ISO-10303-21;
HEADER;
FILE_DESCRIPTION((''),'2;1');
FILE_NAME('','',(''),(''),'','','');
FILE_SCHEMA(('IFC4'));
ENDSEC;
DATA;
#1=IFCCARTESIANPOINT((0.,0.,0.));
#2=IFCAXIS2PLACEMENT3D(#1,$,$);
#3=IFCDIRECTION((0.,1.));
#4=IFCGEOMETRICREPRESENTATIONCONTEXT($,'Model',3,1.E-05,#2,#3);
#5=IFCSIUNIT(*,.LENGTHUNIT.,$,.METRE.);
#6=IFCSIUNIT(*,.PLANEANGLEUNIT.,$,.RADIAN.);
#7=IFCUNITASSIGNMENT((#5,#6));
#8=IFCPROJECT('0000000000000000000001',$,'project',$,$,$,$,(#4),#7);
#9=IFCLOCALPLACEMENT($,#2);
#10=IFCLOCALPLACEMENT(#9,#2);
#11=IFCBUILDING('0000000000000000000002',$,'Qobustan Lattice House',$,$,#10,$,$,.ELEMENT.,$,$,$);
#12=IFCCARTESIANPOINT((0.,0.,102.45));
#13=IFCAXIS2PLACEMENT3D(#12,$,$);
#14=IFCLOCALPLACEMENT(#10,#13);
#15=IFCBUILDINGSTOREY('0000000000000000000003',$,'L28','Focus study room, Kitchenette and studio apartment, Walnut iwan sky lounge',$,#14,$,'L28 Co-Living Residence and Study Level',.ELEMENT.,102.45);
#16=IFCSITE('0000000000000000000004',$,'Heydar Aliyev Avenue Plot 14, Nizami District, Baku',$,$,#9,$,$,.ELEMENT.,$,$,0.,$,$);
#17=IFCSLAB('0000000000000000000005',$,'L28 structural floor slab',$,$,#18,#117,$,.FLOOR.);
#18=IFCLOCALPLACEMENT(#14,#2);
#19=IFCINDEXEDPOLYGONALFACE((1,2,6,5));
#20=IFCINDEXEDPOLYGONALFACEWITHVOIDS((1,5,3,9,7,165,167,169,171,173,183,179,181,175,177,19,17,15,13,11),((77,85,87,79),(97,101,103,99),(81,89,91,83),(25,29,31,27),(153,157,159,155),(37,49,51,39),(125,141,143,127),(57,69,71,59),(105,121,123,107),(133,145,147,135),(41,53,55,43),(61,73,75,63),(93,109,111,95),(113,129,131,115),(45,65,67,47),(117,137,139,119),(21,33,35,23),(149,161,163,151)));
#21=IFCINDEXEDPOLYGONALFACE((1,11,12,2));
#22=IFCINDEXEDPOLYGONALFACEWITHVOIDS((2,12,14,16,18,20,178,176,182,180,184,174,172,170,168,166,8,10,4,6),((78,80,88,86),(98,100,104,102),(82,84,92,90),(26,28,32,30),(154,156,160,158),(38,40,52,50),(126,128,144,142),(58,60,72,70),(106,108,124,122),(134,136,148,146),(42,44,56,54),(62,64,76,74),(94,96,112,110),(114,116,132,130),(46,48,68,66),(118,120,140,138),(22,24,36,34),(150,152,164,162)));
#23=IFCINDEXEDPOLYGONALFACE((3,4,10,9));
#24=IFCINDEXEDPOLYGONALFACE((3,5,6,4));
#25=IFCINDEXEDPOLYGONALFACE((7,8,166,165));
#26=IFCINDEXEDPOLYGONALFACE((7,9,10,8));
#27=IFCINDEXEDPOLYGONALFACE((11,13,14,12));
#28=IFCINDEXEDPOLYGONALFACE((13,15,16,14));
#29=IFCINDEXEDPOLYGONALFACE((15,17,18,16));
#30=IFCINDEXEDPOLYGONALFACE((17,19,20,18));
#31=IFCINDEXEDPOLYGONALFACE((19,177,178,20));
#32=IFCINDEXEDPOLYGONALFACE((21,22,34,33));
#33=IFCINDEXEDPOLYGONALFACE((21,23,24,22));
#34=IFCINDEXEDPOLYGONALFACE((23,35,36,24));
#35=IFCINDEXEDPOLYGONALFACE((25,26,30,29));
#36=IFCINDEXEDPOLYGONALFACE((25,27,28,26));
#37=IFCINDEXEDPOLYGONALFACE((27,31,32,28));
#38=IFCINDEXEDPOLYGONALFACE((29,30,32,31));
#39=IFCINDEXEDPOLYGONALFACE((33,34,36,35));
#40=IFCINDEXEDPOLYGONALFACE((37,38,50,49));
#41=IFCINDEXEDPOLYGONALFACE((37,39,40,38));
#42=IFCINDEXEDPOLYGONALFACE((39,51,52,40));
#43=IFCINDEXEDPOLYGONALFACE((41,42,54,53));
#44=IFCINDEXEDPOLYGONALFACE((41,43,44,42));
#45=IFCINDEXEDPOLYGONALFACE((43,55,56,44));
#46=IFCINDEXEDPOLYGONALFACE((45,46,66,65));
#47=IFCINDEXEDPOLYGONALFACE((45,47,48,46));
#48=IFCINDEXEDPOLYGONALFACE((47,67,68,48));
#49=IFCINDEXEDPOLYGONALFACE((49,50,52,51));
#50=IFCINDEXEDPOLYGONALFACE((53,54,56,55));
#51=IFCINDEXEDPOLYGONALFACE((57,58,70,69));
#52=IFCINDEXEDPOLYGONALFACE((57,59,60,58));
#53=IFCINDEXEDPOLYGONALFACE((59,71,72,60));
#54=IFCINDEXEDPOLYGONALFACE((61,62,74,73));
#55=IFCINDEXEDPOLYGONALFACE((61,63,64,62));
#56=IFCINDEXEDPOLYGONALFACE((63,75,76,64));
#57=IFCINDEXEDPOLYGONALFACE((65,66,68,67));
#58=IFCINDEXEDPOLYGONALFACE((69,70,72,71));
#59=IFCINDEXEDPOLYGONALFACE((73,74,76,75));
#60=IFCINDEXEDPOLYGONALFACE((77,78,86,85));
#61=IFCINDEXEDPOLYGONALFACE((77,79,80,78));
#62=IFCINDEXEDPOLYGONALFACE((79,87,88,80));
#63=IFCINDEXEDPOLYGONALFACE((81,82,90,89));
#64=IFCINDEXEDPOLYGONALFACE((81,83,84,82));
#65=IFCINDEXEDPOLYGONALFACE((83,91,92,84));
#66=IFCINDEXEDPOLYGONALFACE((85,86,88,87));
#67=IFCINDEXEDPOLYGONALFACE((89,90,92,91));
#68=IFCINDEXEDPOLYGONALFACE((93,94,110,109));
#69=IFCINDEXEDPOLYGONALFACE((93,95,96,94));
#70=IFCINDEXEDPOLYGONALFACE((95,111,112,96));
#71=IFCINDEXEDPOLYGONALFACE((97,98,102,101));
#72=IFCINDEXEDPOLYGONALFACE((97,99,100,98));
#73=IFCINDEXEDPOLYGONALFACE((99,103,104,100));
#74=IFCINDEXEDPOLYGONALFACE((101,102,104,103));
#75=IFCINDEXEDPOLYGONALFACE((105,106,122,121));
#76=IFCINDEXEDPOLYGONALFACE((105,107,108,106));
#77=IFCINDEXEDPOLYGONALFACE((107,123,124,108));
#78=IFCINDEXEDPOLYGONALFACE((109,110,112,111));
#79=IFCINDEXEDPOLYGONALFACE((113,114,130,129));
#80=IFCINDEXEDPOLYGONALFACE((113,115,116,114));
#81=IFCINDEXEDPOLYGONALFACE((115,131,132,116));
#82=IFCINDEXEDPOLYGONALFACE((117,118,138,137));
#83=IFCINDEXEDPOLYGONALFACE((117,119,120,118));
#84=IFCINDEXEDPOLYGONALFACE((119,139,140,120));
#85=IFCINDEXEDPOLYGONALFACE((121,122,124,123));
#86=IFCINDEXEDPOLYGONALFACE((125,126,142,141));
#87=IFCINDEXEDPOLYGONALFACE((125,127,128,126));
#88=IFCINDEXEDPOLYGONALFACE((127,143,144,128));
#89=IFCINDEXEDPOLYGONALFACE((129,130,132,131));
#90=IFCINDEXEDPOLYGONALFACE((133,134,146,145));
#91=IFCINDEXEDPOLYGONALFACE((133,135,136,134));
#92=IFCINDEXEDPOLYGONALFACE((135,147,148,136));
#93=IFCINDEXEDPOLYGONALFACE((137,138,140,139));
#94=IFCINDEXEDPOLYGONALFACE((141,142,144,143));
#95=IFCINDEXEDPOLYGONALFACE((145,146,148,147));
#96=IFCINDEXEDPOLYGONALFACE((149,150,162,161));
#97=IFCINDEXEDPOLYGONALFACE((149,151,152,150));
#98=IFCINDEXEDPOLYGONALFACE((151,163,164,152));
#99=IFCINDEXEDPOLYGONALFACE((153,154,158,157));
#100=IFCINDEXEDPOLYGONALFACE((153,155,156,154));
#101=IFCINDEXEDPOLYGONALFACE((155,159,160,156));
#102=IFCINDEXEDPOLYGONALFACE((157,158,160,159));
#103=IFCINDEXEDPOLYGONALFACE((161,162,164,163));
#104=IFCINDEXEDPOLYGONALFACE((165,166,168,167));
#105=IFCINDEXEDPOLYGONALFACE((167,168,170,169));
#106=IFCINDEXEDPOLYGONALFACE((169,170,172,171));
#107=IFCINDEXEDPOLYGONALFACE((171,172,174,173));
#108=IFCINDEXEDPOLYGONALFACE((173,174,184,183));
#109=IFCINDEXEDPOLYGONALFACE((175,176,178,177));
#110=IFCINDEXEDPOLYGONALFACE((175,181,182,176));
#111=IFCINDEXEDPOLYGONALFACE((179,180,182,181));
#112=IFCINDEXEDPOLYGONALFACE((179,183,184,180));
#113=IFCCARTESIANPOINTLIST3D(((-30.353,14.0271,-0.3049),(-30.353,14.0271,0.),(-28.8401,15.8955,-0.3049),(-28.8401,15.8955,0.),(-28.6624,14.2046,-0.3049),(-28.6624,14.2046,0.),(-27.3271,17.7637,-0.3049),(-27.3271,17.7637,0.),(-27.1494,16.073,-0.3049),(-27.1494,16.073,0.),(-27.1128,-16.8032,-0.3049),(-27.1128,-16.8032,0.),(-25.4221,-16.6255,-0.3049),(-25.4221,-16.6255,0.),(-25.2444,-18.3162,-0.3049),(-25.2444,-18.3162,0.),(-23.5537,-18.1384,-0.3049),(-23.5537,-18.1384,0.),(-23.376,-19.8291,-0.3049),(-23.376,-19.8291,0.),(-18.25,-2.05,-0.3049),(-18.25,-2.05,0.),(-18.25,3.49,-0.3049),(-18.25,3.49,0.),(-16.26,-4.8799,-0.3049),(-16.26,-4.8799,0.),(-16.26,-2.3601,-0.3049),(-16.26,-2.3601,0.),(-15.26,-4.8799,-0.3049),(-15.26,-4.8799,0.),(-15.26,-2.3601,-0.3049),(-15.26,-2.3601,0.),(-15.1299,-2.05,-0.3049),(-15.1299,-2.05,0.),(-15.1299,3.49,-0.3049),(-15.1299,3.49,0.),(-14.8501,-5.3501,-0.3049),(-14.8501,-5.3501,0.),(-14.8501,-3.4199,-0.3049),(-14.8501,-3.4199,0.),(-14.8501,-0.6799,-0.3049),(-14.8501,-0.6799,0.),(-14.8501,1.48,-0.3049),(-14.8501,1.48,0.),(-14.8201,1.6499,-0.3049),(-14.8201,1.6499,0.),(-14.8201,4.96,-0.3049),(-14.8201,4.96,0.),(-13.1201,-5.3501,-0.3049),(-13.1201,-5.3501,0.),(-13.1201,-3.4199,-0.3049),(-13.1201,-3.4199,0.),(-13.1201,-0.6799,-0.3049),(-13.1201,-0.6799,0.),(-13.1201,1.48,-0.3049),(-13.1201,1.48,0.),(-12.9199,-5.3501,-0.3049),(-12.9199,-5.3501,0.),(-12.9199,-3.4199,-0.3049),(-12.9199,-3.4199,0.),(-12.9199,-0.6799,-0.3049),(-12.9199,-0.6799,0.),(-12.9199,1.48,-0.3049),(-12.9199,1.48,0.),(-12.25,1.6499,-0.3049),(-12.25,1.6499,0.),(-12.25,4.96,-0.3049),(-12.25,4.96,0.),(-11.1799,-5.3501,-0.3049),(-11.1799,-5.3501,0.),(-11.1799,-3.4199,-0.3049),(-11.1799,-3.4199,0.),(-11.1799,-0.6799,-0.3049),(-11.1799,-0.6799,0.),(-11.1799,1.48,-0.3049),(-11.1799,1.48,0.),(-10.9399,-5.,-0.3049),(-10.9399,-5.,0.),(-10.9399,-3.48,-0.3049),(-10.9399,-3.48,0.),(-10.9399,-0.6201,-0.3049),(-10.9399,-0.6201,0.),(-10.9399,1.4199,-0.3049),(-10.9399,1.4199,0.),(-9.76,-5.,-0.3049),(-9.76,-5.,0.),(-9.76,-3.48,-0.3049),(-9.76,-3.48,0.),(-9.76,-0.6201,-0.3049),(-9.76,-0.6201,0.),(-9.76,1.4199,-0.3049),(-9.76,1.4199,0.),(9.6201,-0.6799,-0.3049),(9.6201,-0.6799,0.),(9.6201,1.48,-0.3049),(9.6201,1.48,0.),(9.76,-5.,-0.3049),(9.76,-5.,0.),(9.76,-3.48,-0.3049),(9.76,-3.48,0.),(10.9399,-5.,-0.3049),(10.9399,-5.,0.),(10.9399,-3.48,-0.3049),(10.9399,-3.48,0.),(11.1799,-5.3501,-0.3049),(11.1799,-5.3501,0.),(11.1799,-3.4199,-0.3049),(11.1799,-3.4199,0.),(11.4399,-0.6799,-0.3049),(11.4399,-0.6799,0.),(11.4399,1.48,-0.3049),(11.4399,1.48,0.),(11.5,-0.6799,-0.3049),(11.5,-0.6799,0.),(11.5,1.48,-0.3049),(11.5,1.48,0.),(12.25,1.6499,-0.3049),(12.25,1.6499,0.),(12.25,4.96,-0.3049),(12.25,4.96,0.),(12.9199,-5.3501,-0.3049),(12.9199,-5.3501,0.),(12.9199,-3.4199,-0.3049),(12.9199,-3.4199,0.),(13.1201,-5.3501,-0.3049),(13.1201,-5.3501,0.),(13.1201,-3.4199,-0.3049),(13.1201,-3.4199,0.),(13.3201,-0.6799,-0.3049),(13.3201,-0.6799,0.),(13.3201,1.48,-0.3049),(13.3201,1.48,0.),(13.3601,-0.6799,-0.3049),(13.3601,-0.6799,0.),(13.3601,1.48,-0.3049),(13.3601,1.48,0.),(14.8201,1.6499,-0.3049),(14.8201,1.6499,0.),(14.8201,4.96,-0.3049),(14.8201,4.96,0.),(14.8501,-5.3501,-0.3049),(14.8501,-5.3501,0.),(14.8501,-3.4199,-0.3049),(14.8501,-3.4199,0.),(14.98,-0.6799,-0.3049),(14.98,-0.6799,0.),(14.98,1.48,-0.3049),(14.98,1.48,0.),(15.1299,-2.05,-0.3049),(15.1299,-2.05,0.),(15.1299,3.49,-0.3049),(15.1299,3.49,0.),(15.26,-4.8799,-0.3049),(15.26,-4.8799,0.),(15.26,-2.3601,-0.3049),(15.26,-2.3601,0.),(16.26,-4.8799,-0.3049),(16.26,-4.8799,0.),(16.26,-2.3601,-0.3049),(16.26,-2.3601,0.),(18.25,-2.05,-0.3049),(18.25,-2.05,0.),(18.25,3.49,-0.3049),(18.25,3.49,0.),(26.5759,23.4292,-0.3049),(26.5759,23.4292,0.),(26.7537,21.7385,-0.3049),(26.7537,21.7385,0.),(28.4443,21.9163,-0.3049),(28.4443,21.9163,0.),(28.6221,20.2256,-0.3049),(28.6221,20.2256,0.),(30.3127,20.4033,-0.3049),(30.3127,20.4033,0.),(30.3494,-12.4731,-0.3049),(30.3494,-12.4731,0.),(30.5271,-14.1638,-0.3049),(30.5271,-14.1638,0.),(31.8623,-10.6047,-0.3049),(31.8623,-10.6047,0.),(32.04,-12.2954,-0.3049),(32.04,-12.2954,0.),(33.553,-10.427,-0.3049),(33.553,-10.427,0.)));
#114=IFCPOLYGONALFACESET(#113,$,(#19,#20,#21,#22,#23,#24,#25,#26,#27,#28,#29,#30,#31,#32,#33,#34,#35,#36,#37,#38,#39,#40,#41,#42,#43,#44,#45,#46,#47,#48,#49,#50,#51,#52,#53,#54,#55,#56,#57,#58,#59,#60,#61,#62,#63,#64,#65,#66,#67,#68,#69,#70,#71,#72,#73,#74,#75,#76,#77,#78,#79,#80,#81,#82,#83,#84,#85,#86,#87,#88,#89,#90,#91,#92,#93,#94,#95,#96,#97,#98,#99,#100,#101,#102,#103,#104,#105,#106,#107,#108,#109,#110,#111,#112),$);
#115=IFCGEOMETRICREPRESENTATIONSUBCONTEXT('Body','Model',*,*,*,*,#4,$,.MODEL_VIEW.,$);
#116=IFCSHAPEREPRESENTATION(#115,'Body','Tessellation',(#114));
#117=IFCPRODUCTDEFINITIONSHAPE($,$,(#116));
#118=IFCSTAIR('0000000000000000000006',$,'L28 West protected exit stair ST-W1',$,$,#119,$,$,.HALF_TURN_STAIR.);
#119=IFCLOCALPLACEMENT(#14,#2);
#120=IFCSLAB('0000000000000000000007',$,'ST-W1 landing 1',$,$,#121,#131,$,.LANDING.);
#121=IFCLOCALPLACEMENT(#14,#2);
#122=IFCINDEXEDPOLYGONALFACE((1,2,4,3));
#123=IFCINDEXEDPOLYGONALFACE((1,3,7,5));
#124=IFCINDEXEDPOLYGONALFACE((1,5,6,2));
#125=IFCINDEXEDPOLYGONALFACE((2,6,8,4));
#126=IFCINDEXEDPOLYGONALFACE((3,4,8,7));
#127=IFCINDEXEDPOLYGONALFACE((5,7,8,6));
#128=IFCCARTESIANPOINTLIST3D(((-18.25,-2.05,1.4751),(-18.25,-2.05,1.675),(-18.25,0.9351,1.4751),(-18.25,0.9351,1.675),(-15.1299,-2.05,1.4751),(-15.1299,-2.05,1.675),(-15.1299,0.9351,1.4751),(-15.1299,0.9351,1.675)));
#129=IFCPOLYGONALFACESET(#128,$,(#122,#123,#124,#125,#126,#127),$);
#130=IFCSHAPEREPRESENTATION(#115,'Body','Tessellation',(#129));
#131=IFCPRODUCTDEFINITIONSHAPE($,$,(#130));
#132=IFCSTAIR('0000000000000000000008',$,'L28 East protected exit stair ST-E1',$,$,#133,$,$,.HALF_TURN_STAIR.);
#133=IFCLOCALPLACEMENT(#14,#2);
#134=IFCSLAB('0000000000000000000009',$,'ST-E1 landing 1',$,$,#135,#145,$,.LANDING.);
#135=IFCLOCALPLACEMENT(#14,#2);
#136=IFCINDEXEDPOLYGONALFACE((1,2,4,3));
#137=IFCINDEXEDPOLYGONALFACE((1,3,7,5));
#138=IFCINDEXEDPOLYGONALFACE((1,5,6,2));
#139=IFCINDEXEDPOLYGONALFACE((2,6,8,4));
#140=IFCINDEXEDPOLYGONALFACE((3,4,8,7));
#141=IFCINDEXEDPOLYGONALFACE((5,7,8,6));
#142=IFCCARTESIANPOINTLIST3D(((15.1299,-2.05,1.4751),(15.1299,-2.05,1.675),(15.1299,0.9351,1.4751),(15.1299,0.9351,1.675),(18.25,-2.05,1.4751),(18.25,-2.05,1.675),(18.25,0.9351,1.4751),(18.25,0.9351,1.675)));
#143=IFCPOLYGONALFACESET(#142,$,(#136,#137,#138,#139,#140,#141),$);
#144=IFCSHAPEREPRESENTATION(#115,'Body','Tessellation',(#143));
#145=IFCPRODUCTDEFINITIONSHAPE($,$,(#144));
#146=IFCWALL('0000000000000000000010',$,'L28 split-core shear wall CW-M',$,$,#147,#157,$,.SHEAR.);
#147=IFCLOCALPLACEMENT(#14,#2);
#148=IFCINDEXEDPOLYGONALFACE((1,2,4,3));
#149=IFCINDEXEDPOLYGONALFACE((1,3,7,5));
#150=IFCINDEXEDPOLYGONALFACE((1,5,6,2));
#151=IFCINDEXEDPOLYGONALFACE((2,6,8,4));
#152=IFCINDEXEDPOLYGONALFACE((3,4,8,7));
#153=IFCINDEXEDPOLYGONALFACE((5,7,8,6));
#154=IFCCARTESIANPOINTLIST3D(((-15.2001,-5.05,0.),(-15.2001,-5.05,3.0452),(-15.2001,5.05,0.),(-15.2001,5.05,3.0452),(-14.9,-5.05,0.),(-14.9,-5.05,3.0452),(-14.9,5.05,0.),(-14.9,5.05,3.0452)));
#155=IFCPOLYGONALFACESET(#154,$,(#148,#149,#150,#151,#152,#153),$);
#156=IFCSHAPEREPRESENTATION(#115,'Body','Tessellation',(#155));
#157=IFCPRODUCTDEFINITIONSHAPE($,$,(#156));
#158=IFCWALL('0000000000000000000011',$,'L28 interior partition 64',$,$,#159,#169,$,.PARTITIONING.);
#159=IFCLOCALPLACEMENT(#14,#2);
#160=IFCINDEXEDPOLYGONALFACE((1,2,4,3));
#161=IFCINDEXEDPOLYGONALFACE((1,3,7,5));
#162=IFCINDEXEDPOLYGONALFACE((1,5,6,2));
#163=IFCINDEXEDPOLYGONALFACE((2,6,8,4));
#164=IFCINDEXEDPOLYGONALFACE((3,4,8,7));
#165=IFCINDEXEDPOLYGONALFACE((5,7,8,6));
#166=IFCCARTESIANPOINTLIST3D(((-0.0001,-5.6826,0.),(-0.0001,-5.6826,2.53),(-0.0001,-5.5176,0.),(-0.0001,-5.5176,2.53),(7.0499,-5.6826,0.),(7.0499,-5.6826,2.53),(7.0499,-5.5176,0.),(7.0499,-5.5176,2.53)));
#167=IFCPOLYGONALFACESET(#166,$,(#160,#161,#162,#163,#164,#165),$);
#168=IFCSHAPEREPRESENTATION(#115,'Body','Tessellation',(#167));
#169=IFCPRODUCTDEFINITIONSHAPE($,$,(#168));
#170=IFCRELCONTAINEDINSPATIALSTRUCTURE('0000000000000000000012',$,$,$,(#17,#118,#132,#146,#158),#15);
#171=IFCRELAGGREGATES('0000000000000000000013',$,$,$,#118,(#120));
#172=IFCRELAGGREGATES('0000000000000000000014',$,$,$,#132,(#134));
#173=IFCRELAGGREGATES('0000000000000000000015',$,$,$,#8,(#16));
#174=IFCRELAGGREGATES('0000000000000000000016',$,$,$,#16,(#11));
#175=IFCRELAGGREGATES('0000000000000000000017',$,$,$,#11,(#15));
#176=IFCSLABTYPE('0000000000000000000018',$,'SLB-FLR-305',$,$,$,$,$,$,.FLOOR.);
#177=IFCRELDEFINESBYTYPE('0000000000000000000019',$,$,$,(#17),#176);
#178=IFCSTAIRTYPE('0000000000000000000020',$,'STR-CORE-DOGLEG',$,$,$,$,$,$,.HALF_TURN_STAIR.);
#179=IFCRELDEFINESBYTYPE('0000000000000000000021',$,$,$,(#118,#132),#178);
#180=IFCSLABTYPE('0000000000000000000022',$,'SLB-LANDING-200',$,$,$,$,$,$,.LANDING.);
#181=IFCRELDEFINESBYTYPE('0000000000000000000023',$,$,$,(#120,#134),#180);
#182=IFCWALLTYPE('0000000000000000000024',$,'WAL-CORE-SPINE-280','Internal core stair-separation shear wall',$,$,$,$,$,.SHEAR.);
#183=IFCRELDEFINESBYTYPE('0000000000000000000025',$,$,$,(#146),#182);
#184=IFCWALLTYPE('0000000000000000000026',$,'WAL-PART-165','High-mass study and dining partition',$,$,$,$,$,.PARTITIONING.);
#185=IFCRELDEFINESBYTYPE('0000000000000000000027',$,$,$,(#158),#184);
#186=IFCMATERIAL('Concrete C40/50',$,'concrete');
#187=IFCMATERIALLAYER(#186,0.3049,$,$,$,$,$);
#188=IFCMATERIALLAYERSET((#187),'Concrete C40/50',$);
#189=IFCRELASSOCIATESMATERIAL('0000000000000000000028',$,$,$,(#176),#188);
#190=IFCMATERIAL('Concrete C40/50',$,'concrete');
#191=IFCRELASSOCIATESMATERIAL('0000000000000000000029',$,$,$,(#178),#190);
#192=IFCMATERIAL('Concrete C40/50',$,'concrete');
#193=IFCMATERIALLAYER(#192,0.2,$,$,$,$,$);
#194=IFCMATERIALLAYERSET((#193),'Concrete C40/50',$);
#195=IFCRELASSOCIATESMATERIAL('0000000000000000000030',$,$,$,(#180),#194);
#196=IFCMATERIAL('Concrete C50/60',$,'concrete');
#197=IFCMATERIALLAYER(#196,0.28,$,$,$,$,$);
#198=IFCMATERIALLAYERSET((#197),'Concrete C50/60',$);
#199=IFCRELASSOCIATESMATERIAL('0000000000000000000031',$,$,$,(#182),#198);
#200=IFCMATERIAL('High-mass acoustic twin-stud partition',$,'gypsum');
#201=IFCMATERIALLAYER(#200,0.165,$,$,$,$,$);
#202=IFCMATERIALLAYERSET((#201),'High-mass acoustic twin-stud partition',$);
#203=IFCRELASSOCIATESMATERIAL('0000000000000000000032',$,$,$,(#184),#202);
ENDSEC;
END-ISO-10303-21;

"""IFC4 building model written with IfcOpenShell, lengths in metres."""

from ifc_helpers import new_model, si_unit, direction, frame, frame_2d, origin, place, context, subcontext, project, spatial, polyline, rectangle, outline, extrude, material, layer, layer_set, type_object, element, aggregate, save


model = new_model("IFC4")

# Units and contexts
model_context = context("Model", 3, precision=1e-05, world=origin(), true_north=direction((0.0, 1.0)))
body_context = subcontext(model_context, "Body", "Model", "MODEL_VIEW")
ifc_project = project(units=[si_unit("LENGTHUNIT", "METRE"), si_unit("PLANEANGLEUNIT", "RADIAN")], contexts=[model_context])

# Site, building, storey
site_placement = place(None, origin())
site = spatial("IfcSite", under=ifc_project, at=site_placement, Name="Heydar Aliyev Avenue Plot 14, Nizami District, Baku", CompositionType="ELEMENT", RefElevation=0.0)
building_placement = place(site_placement, origin())
building = spatial("IfcBuilding", under=site, at=building_placement, Name="Qobustan Lattice House", CompositionType="ELEMENT")
storey_placement = place(building_placement, frame((0.0, 0.0, 102.45)))
storey = spatial("IfcBuildingStorey", under=building, at=storey_placement, Name="L28", Description="Focus study room, Kitchenette and studio apartment, Walnut iwan sky lounge", LongName="L28 Co-Living Residence and Study Level", CompositionType="ELEMENT", Elevation=102.45)

# Slab
ifc_material_1 = material(Name="Concrete C40/50", Category="concrete")
ifc_layer_1 = layer(ifc_material_1, 0.3049)
ifc_layer_set_1 = layer_set([ifc_layer_1], Name="Concrete C40/50")
slab_type_1 = type_object("IfcSlabType", Name="SLB-FLR-305", PredefinedType="FLOOR", material=ifc_layer_set_1)
slab_1_placement = place(storey_placement, frame((0.0, 0.0, -0.3049)))
element("IfcSlab", 1, at=slab_1_placement, inside=storey, type_object=slab_type_1, Name="L28 structural floor slab", PredefinedType="FLOOR", context=body_context, shape_type="SweptSolid", body=[
    extrude(outline(polyline([(-23.376, -19.8291), (30.5271, -14.1638), (30.3494, -12.4731), (32.04, -12.2954), (31.8623, -10.6047), (33.553, -10.427), (30.3127, 20.4033), (28.6221, 20.2256), (28.4443, 21.9163), (26.7537, 21.7385), (26.5759, 23.4292), (-27.3271, 17.7637), (-27.1494, 16.073), (-28.8401, 15.8955), (-28.6624, 14.2046), (-30.353, 14.0271), (-27.1128, -16.8032), (-25.4221, -16.6255), (-25.2444, -18.3162), (-23.5537, -18.1384), (-23.376, -19.8291)]), holes=[polyline([(-18.25, -2.05), (-18.25, 3.49), (-15.1299, 3.49), (-15.1299, -2.05), (-18.25, -2.05)]), polyline([(15.1299, -2.05), (15.1299, 3.49), (18.25, 3.49), (18.25, -2.05), (15.1299, -2.05)]), polyline([(-14.8201, 1.6499), (-14.8201, 4.96), (-12.25, 4.96), (-12.25, 1.6499), (-14.8201, 1.6499)]), polyline([(12.25, 1.6499), (12.25, 4.96), (14.8201, 4.96), (14.8201, 1.6499), (12.25, 1.6499)]), polyline([(-16.26, -4.8799), (-16.26, -2.3601), (-15.26, -2.3601), (-15.26, -4.8799), (-16.26, -4.8799)]), polyline([(15.26, -4.8799), (15.26, -2.3601), (16.26, -2.3601), (16.26, -4.8799), (15.26, -4.8799)]), polyline([(-14.8501, -5.3501), (-14.8501, -3.4199), (-13.1201, -3.4199), (-13.1201, -5.3501), (-14.8501, -5.3501)]), polyline([(-12.9199, -5.3501), (-12.9199, -3.4199), (-11.1799, -3.4199), (-11.1799, -5.3501), (-12.9199, -5.3501)]), polyline([(-14.8501, -0.6799), (-14.8501, 1.48), (-13.1201, 1.48), (-13.1201, -0.6799), (-14.8501, -0.6799)]), polyline([(-12.9199, -0.6799), (-12.9199, 1.48), (-11.1799, 1.48), (-11.1799, -0.6799), (-12.9199, -0.6799)]), polyline([(-10.9399, -5.0), (-10.9399, -3.48), (-9.76, -3.48), (-9.76, -5.0), (-10.9399, -5.0)]), polyline([(-10.9399, -0.6201), (-10.9399, 1.4199), (-9.76, 1.4199), (-9.76, -0.6201), (-10.9399, -0.6201)]), polyline([(11.1799, -5.3501), (11.1799, -3.4199), (12.9199, -3.4199), (12.9199, -5.3501), (11.1799, -5.3501)]), polyline([(13.1201, -5.3501), (13.1201, -3.4199), (14.8501, -3.4199), (14.8501, -5.3501), (13.1201, -5.3501)]), polyline([(9.76, -5.0), (9.76, -3.48), (10.9399, -3.48), (10.9399, -5.0), (9.76, -5.0)]), polyline([(13.3601, -0.6799), (13.3601, 1.48), (14.98, 1.48), (14.98, -0.6799), (13.3601, -0.6799)]), polyline([(9.6201, -0.6799), (9.6201, 1.48), (11.4399, 1.48), (11.4399, -0.6799), (9.6201, -0.6799)]), polyline([(11.5, -0.6799), (11.5, 1.48), (13.3201, 1.48), (13.3201, -0.6799), (11.5, -0.6799)])]), origin(), (0.0, 0.0, 1.0), 0.3049),
])

# Stairs, slabs
ifc_material_2 = material(Name="Concrete C40/50", Category="concrete")
stair_type = type_object("IfcStairType", Name="STR-CORE-DOGLEG", PredefinedType="HALF_TURN_STAIR", material=ifc_material_2)
stair_1_placement = place(storey_placement, origin())
stair_1 = element("IfcStair", 2, at=stair_1_placement, inside=storey, type_object=stair_type, Name="L28 West protected exit stair ST-W1", PredefinedType="HALF_TURN_STAIR")
ifc_material_3 = material(Name="Concrete C40/50", Category="concrete")
ifc_layer_2 = layer(ifc_material_3, 0.2)
ifc_layer_set_2 = layer_set([ifc_layer_2], Name="Concrete C40/50")
slab_type_2 = type_object("IfcSlabType", Name="SLB-LANDING-200", PredefinedType="LANDING", material=ifc_layer_set_2)
slab_2_placement = place(storey_placement, frame((0.0, 0.0, 1.4751)))
slab_2 = element("IfcSlab", 3, at=slab_2_placement, type_object=slab_type_2, Name="ST-W1 landing 1", PredefinedType="LANDING", context=body_context, shape_type="SweptSolid", body=[
    extrude(outline(polyline([(-18.25, 0.9351), (-18.25, -2.05), (-15.1299, -2.05), (-15.1299, 0.9351), (-18.25, 0.9351)])), origin(), (0.0, 0.0, 1.0), 0.2),
])
aggregate(stair_1, [slab_2])
stair_2_placement = place(storey_placement, origin())
stair_2 = element("IfcStair", 4, at=stair_2_placement, inside=storey, type_object=stair_type, Name="L28 East protected exit stair ST-E1", PredefinedType="HALF_TURN_STAIR")
slab_3_placement = place(storey_placement, frame((0.0, 0.0, 1.4751)))
slab_3 = element("IfcSlab", 5, at=slab_3_placement, type_object=slab_type_2, Name="ST-E1 landing 1", PredefinedType="LANDING", context=body_context, shape_type="SweptSolid", body=[
    extrude(outline(polyline([(15.1299, 0.9351), (15.1299, -2.05), (18.25, -2.05), (18.25, 0.9351), (15.1299, 0.9351)])), origin(), (0.0, 0.0, 1.0), 0.2),
])
aggregate(stair_2, [slab_3])

# Wall
ifc_material_4 = material(Name="Concrete C50/60", Category="concrete")
ifc_layer_3 = layer(ifc_material_4, 0.28)
ifc_layer_set_3 = layer_set([ifc_layer_3], Name="Concrete C50/60")
wall_type_1 = type_object("IfcWallType", Name="WAL-CORE-SPINE-280", Description="Internal core stair-separation shear wall", PredefinedType="SHEAR", material=ifc_layer_set_3)
wall_1_placement = place(storey_placement, frame((-15.05, -5.05, 0.0), z_axis=(0.0, 0.0, 1.0), x_axis=(0.0, 1.0, 0.0)))
element("IfcWall", 6, at=wall_1_placement, inside=storey, type_object=wall_type_1, Name="L28 split-core shear wall CW-M", PredefinedType="SHEAR", context=body_context, shape_type="SweptSolid", body=[
    extrude(rectangle(XDim=10.1001, YDim=0.3, at=frame_2d((5.05, 0.0))), origin(), (0.0, 0.0, 1.0), 3.0452),
])

# Shared definitions
ifc_material_5 = material(Name="High-mass acoustic twin-stud partition", Category="gypsum")
ifc_layer_4 = layer(ifc_material_5, 0.165)
ifc_layer_set_4 = layer_set([ifc_layer_4], Name="High-mass acoustic twin-stud partition")
wall_type_2 = type_object("IfcWallType", Name="WAL-PART-165", Description="High-mass study and dining partition", PredefinedType="PARTITIONING", material=ifc_layer_set_4)

# Wall
wall_2_placement = place(storey_placement, frame((0.0, -5.6001, 0.0), z_axis=(0.0, 0.0, 1.0), x_axis=(1.0, 0.0, 0.0)))
element("IfcWall", 7, at=wall_2_placement, inside=storey, type_object=wall_type_2, Name="L28 interior partition 64", PredefinedType="PARTITIONING", context=body_context, shape_type="SweptSolid", body=[
    extrude(rectangle(XDim=7.05, YDim=0.165, at=frame_2d((3.5249, 0.0))), origin(), (0.0, 0.0, 1.0), 2.53),
])

save(model, "model.ifc")
